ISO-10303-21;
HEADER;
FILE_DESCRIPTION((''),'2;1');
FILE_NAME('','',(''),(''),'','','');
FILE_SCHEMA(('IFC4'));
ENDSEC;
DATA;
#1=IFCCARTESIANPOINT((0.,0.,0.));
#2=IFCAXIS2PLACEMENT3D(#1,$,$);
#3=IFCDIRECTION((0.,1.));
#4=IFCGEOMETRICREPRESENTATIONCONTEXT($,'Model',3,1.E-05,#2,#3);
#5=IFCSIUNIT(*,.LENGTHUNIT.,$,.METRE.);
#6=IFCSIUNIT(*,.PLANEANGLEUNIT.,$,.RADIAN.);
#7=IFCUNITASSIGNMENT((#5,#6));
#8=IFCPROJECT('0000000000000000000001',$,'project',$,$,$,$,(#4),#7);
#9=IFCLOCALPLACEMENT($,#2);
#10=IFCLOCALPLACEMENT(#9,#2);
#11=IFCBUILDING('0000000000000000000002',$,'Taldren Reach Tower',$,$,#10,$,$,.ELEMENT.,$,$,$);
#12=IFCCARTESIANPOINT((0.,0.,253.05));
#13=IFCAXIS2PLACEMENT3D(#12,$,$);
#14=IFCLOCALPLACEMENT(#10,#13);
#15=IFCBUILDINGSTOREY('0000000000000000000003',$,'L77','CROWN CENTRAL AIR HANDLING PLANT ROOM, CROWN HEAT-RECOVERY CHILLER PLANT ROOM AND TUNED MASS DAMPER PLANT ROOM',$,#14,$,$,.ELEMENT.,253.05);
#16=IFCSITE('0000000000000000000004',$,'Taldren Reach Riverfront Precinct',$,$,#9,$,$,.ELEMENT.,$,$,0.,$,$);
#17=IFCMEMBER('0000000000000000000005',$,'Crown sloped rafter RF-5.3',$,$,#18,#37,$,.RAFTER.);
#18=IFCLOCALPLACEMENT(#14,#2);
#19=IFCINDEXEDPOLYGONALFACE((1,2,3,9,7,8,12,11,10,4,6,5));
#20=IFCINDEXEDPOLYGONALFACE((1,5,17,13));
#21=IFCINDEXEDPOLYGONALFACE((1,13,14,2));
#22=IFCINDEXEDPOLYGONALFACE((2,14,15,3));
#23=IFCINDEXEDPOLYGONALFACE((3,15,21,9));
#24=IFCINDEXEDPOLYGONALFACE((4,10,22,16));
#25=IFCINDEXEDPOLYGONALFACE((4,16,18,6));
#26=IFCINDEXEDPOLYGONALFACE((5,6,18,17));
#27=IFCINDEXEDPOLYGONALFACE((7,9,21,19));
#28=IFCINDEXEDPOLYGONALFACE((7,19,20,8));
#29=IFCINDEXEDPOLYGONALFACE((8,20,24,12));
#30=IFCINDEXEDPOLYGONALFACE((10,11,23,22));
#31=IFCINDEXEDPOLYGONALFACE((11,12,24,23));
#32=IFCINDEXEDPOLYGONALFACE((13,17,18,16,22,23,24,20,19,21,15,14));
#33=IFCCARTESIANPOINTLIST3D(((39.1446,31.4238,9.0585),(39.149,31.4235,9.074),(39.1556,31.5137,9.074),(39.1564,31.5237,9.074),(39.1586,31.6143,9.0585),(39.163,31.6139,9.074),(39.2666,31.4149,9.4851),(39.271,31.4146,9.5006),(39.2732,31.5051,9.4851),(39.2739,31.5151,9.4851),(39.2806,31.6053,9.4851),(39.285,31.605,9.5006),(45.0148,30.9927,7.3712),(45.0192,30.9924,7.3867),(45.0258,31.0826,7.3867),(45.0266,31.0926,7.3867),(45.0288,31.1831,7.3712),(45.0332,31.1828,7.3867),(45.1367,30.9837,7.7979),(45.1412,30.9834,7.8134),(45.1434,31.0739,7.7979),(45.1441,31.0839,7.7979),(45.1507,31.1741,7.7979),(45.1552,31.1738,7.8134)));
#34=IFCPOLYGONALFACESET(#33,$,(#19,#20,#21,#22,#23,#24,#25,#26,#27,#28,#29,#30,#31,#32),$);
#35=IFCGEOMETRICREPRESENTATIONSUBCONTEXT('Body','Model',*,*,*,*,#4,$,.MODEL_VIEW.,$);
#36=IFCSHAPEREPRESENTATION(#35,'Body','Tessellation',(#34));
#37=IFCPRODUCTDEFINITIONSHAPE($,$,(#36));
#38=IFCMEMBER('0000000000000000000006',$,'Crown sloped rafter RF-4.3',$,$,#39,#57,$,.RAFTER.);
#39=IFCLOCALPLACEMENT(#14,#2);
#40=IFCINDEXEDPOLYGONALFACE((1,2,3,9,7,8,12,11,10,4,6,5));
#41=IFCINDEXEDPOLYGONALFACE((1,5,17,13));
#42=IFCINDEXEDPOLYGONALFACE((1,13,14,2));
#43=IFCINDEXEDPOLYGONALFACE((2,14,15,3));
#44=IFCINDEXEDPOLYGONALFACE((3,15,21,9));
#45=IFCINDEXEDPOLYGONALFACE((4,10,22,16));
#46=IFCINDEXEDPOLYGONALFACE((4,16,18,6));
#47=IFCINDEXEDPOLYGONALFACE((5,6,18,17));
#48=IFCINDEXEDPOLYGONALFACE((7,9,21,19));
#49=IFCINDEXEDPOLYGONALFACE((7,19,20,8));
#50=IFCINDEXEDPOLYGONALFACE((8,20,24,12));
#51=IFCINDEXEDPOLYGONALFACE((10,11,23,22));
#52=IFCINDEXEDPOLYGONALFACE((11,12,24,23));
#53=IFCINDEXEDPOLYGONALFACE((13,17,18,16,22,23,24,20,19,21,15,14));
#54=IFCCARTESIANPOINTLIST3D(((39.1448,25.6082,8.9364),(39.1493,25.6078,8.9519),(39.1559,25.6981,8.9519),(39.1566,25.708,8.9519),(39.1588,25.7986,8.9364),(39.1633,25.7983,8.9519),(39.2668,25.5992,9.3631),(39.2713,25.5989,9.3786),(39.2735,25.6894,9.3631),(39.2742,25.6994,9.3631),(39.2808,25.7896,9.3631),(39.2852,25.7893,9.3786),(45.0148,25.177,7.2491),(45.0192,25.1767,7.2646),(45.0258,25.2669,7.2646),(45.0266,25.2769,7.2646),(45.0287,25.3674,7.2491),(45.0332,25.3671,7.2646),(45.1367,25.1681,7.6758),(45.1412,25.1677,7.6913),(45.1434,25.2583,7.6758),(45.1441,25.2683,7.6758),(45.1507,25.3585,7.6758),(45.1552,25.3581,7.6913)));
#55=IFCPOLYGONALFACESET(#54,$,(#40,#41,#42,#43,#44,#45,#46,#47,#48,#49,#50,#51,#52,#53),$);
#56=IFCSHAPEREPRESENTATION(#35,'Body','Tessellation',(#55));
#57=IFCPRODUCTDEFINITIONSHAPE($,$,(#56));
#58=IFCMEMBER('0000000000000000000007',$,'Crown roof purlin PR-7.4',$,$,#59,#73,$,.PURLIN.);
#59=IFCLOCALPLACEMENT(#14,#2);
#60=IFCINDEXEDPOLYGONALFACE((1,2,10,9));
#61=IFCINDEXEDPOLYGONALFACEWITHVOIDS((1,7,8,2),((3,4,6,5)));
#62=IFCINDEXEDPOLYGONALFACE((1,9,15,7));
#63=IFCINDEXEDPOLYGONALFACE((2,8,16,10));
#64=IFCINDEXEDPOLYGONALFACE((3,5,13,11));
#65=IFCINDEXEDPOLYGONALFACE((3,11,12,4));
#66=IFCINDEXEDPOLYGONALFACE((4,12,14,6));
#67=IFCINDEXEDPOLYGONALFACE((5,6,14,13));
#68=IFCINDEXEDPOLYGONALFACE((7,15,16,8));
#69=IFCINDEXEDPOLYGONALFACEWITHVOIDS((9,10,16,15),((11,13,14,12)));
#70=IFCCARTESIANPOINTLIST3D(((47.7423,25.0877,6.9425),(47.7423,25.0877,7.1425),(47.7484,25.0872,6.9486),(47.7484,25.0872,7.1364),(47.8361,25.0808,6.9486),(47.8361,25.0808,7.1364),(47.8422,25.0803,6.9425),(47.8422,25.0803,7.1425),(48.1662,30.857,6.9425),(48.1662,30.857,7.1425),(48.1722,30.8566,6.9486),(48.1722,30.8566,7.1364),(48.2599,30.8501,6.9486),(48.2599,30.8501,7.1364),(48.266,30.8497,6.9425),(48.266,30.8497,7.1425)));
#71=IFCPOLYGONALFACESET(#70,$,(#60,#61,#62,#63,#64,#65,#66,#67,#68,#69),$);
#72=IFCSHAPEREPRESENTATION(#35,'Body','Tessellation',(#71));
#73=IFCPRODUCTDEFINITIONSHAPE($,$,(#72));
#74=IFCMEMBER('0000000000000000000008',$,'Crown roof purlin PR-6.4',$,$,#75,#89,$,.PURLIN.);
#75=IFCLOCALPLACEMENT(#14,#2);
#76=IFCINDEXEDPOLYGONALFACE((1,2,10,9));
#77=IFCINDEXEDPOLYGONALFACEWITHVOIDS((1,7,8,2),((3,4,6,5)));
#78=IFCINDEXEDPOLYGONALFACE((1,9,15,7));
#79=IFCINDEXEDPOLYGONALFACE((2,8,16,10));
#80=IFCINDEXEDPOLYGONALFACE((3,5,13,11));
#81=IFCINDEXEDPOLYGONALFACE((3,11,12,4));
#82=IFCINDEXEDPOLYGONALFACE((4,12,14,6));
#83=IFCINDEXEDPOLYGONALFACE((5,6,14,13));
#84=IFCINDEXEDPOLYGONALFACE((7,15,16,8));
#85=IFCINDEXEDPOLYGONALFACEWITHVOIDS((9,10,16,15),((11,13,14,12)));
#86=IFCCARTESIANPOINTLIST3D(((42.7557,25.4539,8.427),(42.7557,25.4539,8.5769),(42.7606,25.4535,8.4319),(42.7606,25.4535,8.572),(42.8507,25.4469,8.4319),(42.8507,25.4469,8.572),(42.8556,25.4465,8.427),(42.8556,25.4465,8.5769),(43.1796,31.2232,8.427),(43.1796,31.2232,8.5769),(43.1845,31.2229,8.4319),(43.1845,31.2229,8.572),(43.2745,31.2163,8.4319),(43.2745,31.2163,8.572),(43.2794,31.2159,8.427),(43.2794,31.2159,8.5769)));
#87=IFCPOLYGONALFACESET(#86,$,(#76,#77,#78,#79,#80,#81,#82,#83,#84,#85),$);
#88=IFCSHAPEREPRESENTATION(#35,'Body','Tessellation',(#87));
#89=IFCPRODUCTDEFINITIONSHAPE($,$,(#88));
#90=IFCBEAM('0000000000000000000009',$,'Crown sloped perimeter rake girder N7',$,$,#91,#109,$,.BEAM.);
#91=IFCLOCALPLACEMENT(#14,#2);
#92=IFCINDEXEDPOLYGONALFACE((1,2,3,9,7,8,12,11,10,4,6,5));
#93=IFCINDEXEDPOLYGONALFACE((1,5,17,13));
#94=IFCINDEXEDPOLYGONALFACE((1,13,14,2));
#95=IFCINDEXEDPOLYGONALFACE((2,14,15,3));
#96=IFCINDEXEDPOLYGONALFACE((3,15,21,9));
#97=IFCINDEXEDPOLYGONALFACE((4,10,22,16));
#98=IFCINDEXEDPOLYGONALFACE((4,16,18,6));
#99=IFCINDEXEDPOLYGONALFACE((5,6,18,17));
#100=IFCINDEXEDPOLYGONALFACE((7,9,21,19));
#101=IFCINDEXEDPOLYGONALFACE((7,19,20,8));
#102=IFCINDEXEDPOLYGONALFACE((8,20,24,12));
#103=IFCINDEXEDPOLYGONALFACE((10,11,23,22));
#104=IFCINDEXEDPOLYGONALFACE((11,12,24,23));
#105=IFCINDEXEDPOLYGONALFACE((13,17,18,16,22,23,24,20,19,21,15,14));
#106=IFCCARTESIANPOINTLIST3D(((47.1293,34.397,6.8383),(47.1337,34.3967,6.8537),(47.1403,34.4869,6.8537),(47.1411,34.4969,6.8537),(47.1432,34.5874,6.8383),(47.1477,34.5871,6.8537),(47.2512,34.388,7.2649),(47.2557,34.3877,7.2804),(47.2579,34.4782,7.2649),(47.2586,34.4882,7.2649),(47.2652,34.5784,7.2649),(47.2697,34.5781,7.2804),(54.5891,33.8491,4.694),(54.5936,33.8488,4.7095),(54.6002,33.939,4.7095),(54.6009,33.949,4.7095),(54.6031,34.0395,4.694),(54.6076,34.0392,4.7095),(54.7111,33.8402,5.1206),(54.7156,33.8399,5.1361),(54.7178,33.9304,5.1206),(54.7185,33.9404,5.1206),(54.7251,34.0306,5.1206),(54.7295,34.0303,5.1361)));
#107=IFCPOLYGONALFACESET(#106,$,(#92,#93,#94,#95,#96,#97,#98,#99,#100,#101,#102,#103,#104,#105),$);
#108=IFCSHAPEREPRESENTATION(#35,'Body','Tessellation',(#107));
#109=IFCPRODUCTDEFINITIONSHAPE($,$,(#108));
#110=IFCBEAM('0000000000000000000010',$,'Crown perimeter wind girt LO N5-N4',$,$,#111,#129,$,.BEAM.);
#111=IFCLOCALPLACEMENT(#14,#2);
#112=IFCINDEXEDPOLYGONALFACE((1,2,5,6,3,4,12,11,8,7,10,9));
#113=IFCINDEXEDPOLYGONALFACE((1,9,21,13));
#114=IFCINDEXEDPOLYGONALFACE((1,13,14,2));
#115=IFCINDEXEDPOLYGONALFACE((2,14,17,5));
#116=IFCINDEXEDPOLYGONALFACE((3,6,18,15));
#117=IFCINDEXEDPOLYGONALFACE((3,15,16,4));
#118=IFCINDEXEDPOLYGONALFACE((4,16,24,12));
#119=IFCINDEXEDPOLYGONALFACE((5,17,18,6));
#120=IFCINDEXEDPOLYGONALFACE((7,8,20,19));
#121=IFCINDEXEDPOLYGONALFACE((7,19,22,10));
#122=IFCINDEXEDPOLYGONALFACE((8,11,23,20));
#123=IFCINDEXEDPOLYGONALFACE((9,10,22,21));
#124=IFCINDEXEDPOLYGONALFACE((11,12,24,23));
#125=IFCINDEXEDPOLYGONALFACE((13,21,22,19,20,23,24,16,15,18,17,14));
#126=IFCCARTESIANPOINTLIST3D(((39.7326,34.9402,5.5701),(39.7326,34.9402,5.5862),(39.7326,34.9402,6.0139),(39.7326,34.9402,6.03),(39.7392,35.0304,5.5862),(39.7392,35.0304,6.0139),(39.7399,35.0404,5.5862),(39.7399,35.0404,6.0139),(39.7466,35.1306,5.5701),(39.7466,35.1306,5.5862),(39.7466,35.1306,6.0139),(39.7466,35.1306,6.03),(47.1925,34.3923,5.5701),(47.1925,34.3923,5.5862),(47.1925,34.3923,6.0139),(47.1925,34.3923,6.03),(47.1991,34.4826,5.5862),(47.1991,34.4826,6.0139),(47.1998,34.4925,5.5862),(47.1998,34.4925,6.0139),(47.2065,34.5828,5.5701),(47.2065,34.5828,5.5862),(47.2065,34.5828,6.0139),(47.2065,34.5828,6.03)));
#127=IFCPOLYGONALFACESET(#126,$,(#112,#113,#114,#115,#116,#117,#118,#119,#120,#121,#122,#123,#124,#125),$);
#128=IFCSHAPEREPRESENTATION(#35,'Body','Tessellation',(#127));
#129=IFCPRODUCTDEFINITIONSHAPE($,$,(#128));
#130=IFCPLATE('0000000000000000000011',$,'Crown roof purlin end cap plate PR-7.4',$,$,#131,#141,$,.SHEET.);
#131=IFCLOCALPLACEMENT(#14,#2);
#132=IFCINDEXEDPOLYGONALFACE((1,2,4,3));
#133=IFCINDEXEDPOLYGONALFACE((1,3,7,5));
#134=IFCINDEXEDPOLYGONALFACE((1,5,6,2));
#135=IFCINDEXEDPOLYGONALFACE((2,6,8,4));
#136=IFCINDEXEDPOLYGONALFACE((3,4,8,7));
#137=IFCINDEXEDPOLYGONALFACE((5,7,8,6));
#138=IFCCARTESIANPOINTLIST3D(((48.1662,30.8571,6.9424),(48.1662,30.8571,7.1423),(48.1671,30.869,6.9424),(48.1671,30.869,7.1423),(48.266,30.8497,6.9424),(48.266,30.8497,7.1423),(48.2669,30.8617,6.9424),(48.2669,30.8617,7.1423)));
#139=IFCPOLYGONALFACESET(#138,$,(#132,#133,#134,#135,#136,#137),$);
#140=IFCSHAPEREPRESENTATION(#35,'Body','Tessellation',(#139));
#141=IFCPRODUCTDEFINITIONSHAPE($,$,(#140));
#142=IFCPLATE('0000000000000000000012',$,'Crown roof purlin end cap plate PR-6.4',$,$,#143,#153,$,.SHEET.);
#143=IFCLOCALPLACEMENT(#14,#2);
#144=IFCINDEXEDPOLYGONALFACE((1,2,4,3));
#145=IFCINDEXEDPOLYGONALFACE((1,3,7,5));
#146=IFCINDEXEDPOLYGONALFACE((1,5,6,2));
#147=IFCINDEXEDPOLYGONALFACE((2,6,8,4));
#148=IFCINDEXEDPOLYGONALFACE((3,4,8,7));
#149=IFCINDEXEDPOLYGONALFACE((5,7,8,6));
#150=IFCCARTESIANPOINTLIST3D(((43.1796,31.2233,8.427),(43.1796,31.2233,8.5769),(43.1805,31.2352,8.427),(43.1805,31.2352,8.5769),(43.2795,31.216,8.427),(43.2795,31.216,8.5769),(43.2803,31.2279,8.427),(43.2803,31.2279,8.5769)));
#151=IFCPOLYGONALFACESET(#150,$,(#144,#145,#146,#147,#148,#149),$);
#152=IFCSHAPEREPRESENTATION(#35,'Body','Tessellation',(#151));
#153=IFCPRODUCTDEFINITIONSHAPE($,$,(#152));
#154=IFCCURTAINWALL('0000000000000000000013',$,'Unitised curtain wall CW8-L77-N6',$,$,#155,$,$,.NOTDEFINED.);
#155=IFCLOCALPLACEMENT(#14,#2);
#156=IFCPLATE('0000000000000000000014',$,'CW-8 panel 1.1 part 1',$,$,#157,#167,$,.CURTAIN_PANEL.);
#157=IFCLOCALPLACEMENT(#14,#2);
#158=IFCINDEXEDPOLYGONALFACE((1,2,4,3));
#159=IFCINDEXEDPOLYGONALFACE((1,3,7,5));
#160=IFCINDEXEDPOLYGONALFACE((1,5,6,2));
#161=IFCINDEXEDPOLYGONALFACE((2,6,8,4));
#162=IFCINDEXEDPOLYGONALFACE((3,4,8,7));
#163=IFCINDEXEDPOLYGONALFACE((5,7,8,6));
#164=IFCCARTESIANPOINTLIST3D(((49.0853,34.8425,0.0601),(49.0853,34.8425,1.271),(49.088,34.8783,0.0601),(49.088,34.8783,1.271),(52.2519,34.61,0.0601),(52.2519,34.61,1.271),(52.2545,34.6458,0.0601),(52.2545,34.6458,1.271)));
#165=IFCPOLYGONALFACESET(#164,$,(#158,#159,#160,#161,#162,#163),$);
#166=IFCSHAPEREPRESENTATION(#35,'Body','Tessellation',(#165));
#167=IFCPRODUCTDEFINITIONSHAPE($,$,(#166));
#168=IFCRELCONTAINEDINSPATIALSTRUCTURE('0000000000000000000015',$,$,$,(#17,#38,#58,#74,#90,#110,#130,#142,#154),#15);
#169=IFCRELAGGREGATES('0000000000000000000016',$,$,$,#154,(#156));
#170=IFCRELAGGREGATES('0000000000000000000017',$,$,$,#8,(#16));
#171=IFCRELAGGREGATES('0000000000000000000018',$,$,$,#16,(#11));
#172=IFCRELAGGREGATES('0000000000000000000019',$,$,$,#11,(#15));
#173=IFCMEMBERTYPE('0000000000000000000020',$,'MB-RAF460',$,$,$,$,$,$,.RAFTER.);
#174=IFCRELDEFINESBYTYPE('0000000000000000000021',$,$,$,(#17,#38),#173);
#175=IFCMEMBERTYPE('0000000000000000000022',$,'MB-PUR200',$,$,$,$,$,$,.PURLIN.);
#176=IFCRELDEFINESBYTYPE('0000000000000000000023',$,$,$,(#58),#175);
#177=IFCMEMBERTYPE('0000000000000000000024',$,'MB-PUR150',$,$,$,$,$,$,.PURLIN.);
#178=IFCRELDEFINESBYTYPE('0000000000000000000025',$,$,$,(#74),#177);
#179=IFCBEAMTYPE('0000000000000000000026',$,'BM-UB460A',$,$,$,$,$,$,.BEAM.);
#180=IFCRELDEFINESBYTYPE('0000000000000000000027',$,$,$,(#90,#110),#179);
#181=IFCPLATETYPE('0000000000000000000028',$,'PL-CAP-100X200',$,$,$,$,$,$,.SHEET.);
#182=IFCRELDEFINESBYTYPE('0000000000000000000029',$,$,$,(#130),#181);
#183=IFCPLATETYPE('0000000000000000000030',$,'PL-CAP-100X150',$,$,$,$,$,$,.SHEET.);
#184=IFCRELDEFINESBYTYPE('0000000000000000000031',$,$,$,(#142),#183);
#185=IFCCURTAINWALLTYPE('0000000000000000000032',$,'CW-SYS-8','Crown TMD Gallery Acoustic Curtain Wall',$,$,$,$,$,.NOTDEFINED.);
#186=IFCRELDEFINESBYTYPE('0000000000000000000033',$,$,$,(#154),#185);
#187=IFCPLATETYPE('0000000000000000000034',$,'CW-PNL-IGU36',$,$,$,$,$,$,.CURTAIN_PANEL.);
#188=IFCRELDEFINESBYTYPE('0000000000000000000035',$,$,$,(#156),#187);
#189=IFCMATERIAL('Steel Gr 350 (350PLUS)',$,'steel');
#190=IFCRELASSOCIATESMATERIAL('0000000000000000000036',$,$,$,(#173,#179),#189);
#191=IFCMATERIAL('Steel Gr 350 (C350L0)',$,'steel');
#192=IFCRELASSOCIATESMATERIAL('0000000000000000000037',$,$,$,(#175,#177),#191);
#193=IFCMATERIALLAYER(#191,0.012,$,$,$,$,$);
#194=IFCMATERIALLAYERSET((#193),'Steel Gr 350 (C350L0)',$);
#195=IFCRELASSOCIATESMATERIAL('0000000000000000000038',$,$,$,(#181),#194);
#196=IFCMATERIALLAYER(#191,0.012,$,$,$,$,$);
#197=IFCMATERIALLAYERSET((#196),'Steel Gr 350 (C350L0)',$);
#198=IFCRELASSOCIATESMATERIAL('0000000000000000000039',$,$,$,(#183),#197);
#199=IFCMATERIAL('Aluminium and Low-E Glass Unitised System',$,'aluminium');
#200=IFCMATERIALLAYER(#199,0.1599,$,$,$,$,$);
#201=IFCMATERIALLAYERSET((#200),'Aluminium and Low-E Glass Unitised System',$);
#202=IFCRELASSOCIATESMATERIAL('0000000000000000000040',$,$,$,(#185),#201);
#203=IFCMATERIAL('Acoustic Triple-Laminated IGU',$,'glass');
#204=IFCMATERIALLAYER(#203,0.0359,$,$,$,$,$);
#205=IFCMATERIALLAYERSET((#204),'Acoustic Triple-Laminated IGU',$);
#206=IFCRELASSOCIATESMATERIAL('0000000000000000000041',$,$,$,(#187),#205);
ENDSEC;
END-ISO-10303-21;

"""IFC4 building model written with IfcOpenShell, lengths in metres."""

from ifc_helpers import new_model, si_unit, direction, frame, origin, origin_2d, place, context, subcontext, project, spatial, rectangle, hollow_rectangle, i_section, extrude, source, transform, mapped, material, layer, layer_set, material_profile, profile_set, type_object, element, aggregate, save


model = new_model("IFC4")

# Units and contexts
model_context = context("Model", 3, precision=1e-05, world=origin(), true_north=direction((0.0, 1.0)))
body_context = subcontext(model_context, "Body", "Model", "MODEL_VIEW")
ifc_project = project(units=[si_unit("LENGTHUNIT", "METRE"), si_unit("PLANEANGLEUNIT", "RADIAN")], contexts=[model_context])

# Site, building, storey
site_placement = place(None, origin())
site = spatial("IfcSite", under=ifc_project, at=site_placement, Name="Taldren Reach Riverfront Precinct", CompositionType="ELEMENT", RefElevation=0.0)
building_placement = place(site_placement, origin())
building = spatial("IfcBuilding", under=site, at=building_placement, Name="Taldren Reach Tower", CompositionType="ELEMENT")
storey_placement = place(building_placement, frame((0.0, 0.0, 253.05)))
storey = spatial("IfcBuildingStorey", under=building, at=storey_placement, Name="L77", Description="CROWN CENTRAL AIR HANDLING PLANT ROOM, CROWN HEAT-RECOVERY CHILLER PLANT ROOM AND TUNED MASS DAMPER PLANT ROOM", CompositionType="ELEMENT", Elevation=253.05)

# Shared definitions
ifc_material_1 = material(Name="Steel Gr 350 (350PLUS)", Category="steel")

# Shared definitions
ifc_material_2 = material(Name="Steel Gr 350 (C350L0)", Category="steel")

# Members
ifc_material_profile_1 = material_profile(ifc_material_1, i_section(OverallWidth=0.1909, OverallDepth=0.46, WebThickness=0.01, FlangeThickness=0.0161, at=origin_2d()), Name="460UB82.1")
ifc_profile_set_1 = profile_set([ifc_material_profile_1], Name="Steel Gr 350 (350PLUS)")
member_type_1 = type_object("IfcMemberType", Name="MB-RAF460", PredefinedType="RAFTER", material=ifc_profile_set_1)
shared_shape_1 = source(origin(), body_context, "Body", "SweptSolid", [
    extrude(i_section(OverallWidth=0.1909, OverallDepth=0.46, WebThickness=0.01, FlangeThickness=0.0161, at=origin_2d()), origin(), (0.0, 0.0, 1.0), 6.123),
])
member_1_placement = place(storey_placement, frame((45.085, 31.0833, 7.5923), z_axis=(-0.958701, 0.070415, 0.275561), x_axis=(-0.073251, -0.997314, 0.0)))
element("IfcMember", 1, at=member_1_placement, inside=storey, type_object=member_type_1, Name="Crown sloped rafter RF-5.3", PredefinedType="RAFTER", context=body_context, shape_type="MappedRepresentation", body=[
    mapped(shared_shape_1, transform((0.0, 0.0, 0.0), scale=1.0)),
])
shared_shape_2 = source(origin(), body_context, "Body", "SweptSolid", [
    extrude(i_section(OverallWidth=0.1909, OverallDepth=0.46, WebThickness=0.01, FlangeThickness=0.0161, at=origin_2d()), origin(), (0.0, 0.0, 1.0), 6.1228),
])
member_2_placement = place(storey_placement, frame((45.085, 25.2676, 7.4702), z_axis=(-0.958698, 0.070418, 0.275571), x_axis=(-0.073254, -0.997313, 0.0)))
element("IfcMember", 2, at=member_2_placement, inside=storey, type_object=member_type_1, Name="Crown sloped rafter RF-4.3", PredefinedType="RAFTER", context=body_context, shape_type="MappedRepresentation", body=[
    mapped(shared_shape_2, transform((0.0, 0.0, 0.0), scale=1.0)),
])
ifc_material_profile_2 = material_profile(ifc_material_2, hollow_rectangle(XDim=0.1001, YDim=0.2, WallThickness=0.0061, at=origin_2d()), Name="200x100x6.0RHS")
ifc_profile_set_2 = profile_set([ifc_material_profile_2], Name="Steel Gr 350 (C350L0)")
member_type_2 = type_object("IfcMemberType", Name="MB-PUR200", PredefinedType="PURLIN", material=ifc_profile_set_2)
shared_shape_3 = source(origin(), body_context, "Body", "SweptSolid", [
    extrude(hollow_rectangle(XDim=0.1001, YDim=0.2, WallThickness=0.0061, at=origin_2d()), origin(), (0.0, 0.0, 1.0), 5.7849),
])
member_3_placement = place(storey_placement, frame((47.7922, 25.084, 7.0425), z_axis=(0.073265, 0.997312, 0.0), x_axis=(-0.997312, 0.073265, 0.0)))
element("IfcMember", 3, at=member_3_placement, inside=storey, type_object=member_type_2, Name="Crown roof purlin PR-7.4", PredefinedType="PURLIN", context=body_context, shape_type="MappedRepresentation", body=[
    mapped(shared_shape_3, transform((0.0, 0.0, 0.0), scale=1.0)),
])
ifc_material_profile_3 = material_profile(ifc_material_2, hollow_rectangle(XDim=0.1001, YDim=0.1499, WallThickness=0.0049, at=origin_2d()), Name="150x100x5.0RHS")
ifc_profile_set_3 = profile_set([ifc_material_profile_3], Name="Steel Gr 350 (C350L0)")
member_type_3 = type_object("IfcMemberType", Name="MB-PUR150", PredefinedType="PURLIN", material=ifc_profile_set_3)
shared_shape_4 = source(origin(), body_context, "Body", "SweptSolid", [
    extrude(hollow_rectangle(XDim=0.1001, YDim=0.1499, WallThickness=0.0049, at=origin_2d()), origin(), (0.0, 0.0, 1.0), 5.7849),
])
member_4_placement = place(storey_placement, frame((42.8057, 25.4502, 8.502), z_axis=(0.073265, 0.997312, 0.0), x_axis=(-0.997312, 0.073265, 0.0)))
element("IfcMember", 4, at=member_4_placement, inside=storey, type_object=member_type_3, Name="Crown roof purlin PR-6.4", PredefinedType="PURLIN", context=body_context, shape_type="MappedRepresentation", body=[
    mapped(shared_shape_4, transform((0.0, 0.0, 0.0), scale=1.0)),
])

# Beams
ifc_material_profile_4 = material_profile(ifc_material_1, i_section(OverallWidth=0.1909, OverallDepth=0.46, WebThickness=0.01, FlangeThickness=0.0161, at=origin_2d()), Name="460UB82.1")
ifc_profile_set_4 = profile_set([ifc_material_profile_4], Name="Steel Gr 350 (350PLUS)")
beam_type_1 = type_object("IfcBeamType", Name="BM-UB460A", PredefinedType="BEAM", material=ifc_profile_set_4)
shared_shape_5 = source(origin(), body_context, "Body", "SweptSolid", [
    extrude(i_section(OverallWidth=0.1909, OverallDepth=0.46, WebThickness=0.01, FlangeThickness=0.0161, at=origin_2d()), origin(), (0.0, 0.0, 1.0), 7.7812),
])
beam_1_placement = place(storey_placement, frame((47.1995, 34.4875, 7.0593), z_axis=(0.9587, -0.070406, -0.275568), x_axis=(0.073242, 0.997314, 0.0)))
element("IfcBeam", 5, at=beam_1_placement, inside=storey, type_object=beam_type_1, Name="Crown sloped perimeter rake girder N7", PredefinedType="BEAM", context=body_context, shape_type="MappedRepresentation", body=[
    mapped(shared_shape_5, transform((0.0, 0.0, 0.0), scale=1.0)),
])
shared_shape_6 = source(origin(), body_context, "Body", "SweptSolid", [
    extrude(i_section(OverallWidth=0.1909, OverallDepth=0.46, WebThickness=0.01, FlangeThickness=0.0161, at=origin_2d()), origin(), (0.0, 0.0, 1.0), 7.48),
])
beam_2_placement = place(storey_placement, frame((47.1995, 34.4875, 5.8), z_axis=(-0.997314, 0.073242, 0.0), x_axis=(-0.073242, -0.997314, 0.0)))
element("IfcBeam", 6, at=beam_2_placement, inside=storey, type_object=beam_type_1, Name="Crown perimeter wind girt LO N5-N4", PredefinedType="BEAM", context=body_context, shape_type="MappedRepresentation", body=[
    mapped(shared_shape_6, transform((0.0, 0.0, 0.0), scale=1.0)),
])

# Plates
ifc_layer_1 = layer(ifc_material_2, 0.012)
ifc_layer_set_1 = layer_set([ifc_layer_1], Name="Steel Gr 350 (C350L0)")
plate_type_1 = type_object("IfcPlateType", Name="PL-CAP-100X200", PredefinedType="SHEET", material=ifc_layer_set_1)
shared_shape_7 = source(origin(), body_context, "Body", "SweptSolid", [
    extrude(rectangle(XDim=0.1001, YDim=0.012, at=origin_2d()), origin(), (0.0, 0.0, 1.0), 0.2),
])
plate_1_placement = place(storey_placement, frame((48.2166, 30.8594, 6.9424), z_axis=(0.0, 0.0, 1.0), x_axis=(0.997314, -0.073238, 0.0)))
element("IfcPlate", 7, at=plate_1_placement, inside=storey, type_object=plate_type_1, Name="Crown roof purlin end cap plate PR-7.4", PredefinedType="SHEET", context=body_context, shape_type="MappedRepresentation", body=[
    mapped(shared_shape_7, transform((0.0, 0.0, 0.0), scale=1.0)),
])
ifc_layer_2 = layer(ifc_material_2, 0.012)
ifc_layer_set_2 = layer_set([ifc_layer_2], Name="Steel Gr 350 (C350L0)")
plate_type_2 = type_object("IfcPlateType", Name="PL-CAP-100X150", PredefinedType="SHEET", material=ifc_layer_set_2)
shared_shape_8 = source(origin(), body_context, "Body", "SweptSolid", [
    extrude(rectangle(XDim=0.1001, YDim=0.012, at=origin_2d()), origin(), (0.0, 0.0, 1.0), 0.1499),
])
plate_2_placement = place(storey_placement, frame((43.23, 31.2256, 8.427), z_axis=(0.0, 0.0, 1.0), x_axis=(0.997314, -0.073238, 0.0)))
element("IfcPlate", 8, at=plate_2_placement, inside=storey, type_object=plate_type_2, Name="Crown roof purlin end cap plate PR-6.4", PredefinedType="SHEET", context=body_context, shape_type="MappedRepresentation", body=[
    mapped(shared_shape_8, transform((0.0, 0.0, 0.0), scale=1.0)),
])

# Curtain wall, plate
ifc_material_3 = material(Name="Aluminium and Low-E Glass Unitised System", Category="aluminium")
ifc_layer_3 = layer(ifc_material_3, 0.1599)
ifc_layer_set_3 = layer_set([ifc_layer_3], Name="Aluminium and Low-E Glass Unitised System")
curtain_wall_type = type_object("IfcCurtainWallType", Name="CW-SYS-8", Description="Crown TMD Gallery Acoustic Curtain Wall", PredefinedType="NOTDEFINED", material=ifc_layer_set_3)
curtain_wall_1_placement = place(storey_placement, origin())
curtain_wall_1 = element("IfcCurtainWall", 9, at=curtain_wall_1_placement, inside=storey, type_object=curtain_wall_type, Name="Unitised curtain wall CW8-L77-N6", PredefinedType="NOTDEFINED")
ifc_material_4 = material(Name="Acoustic Triple-Laminated IGU", Category="glass")
ifc_layer_4 = layer(ifc_material_4, 0.0359)
ifc_layer_set_4 = layer_set([ifc_layer_4], Name="Acoustic Triple-Laminated IGU")
plate_type_3 = type_object("IfcPlateType", Name="CW-PNL-IGU36", PredefinedType="CURTAIN_PANEL", material=ifc_layer_set_4)
shared_shape_9 = source(origin(), body_context, "Body", "SweptSolid", [
    extrude(rectangle(XDim=3.175, YDim=0.0359, at=origin_2d()), origin(), (0.0, 0.0, 1.0), 1.2109),
])
plate_3_placement = place(storey_placement, frame((50.6699, 34.7441, 0.0601), z_axis=(0.0, 0.0, 1.0), x_axis=(0.997314, -0.073239, 0.0)))
plate_3 = element("IfcPlate", 10, at=plate_3_placement, type_object=plate_type_3, Name="CW-8 panel 1.1 part 1", PredefinedType="CURTAIN_PANEL", context=body_context, shape_type="MappedRepresentation", body=[
    mapped(shared_shape_9, transform((0.0, 0.0, 0.0), scale=1.0)),
])
aggregate(curtain_wall_1, [plate_3])

save(model, "model.ifc")
